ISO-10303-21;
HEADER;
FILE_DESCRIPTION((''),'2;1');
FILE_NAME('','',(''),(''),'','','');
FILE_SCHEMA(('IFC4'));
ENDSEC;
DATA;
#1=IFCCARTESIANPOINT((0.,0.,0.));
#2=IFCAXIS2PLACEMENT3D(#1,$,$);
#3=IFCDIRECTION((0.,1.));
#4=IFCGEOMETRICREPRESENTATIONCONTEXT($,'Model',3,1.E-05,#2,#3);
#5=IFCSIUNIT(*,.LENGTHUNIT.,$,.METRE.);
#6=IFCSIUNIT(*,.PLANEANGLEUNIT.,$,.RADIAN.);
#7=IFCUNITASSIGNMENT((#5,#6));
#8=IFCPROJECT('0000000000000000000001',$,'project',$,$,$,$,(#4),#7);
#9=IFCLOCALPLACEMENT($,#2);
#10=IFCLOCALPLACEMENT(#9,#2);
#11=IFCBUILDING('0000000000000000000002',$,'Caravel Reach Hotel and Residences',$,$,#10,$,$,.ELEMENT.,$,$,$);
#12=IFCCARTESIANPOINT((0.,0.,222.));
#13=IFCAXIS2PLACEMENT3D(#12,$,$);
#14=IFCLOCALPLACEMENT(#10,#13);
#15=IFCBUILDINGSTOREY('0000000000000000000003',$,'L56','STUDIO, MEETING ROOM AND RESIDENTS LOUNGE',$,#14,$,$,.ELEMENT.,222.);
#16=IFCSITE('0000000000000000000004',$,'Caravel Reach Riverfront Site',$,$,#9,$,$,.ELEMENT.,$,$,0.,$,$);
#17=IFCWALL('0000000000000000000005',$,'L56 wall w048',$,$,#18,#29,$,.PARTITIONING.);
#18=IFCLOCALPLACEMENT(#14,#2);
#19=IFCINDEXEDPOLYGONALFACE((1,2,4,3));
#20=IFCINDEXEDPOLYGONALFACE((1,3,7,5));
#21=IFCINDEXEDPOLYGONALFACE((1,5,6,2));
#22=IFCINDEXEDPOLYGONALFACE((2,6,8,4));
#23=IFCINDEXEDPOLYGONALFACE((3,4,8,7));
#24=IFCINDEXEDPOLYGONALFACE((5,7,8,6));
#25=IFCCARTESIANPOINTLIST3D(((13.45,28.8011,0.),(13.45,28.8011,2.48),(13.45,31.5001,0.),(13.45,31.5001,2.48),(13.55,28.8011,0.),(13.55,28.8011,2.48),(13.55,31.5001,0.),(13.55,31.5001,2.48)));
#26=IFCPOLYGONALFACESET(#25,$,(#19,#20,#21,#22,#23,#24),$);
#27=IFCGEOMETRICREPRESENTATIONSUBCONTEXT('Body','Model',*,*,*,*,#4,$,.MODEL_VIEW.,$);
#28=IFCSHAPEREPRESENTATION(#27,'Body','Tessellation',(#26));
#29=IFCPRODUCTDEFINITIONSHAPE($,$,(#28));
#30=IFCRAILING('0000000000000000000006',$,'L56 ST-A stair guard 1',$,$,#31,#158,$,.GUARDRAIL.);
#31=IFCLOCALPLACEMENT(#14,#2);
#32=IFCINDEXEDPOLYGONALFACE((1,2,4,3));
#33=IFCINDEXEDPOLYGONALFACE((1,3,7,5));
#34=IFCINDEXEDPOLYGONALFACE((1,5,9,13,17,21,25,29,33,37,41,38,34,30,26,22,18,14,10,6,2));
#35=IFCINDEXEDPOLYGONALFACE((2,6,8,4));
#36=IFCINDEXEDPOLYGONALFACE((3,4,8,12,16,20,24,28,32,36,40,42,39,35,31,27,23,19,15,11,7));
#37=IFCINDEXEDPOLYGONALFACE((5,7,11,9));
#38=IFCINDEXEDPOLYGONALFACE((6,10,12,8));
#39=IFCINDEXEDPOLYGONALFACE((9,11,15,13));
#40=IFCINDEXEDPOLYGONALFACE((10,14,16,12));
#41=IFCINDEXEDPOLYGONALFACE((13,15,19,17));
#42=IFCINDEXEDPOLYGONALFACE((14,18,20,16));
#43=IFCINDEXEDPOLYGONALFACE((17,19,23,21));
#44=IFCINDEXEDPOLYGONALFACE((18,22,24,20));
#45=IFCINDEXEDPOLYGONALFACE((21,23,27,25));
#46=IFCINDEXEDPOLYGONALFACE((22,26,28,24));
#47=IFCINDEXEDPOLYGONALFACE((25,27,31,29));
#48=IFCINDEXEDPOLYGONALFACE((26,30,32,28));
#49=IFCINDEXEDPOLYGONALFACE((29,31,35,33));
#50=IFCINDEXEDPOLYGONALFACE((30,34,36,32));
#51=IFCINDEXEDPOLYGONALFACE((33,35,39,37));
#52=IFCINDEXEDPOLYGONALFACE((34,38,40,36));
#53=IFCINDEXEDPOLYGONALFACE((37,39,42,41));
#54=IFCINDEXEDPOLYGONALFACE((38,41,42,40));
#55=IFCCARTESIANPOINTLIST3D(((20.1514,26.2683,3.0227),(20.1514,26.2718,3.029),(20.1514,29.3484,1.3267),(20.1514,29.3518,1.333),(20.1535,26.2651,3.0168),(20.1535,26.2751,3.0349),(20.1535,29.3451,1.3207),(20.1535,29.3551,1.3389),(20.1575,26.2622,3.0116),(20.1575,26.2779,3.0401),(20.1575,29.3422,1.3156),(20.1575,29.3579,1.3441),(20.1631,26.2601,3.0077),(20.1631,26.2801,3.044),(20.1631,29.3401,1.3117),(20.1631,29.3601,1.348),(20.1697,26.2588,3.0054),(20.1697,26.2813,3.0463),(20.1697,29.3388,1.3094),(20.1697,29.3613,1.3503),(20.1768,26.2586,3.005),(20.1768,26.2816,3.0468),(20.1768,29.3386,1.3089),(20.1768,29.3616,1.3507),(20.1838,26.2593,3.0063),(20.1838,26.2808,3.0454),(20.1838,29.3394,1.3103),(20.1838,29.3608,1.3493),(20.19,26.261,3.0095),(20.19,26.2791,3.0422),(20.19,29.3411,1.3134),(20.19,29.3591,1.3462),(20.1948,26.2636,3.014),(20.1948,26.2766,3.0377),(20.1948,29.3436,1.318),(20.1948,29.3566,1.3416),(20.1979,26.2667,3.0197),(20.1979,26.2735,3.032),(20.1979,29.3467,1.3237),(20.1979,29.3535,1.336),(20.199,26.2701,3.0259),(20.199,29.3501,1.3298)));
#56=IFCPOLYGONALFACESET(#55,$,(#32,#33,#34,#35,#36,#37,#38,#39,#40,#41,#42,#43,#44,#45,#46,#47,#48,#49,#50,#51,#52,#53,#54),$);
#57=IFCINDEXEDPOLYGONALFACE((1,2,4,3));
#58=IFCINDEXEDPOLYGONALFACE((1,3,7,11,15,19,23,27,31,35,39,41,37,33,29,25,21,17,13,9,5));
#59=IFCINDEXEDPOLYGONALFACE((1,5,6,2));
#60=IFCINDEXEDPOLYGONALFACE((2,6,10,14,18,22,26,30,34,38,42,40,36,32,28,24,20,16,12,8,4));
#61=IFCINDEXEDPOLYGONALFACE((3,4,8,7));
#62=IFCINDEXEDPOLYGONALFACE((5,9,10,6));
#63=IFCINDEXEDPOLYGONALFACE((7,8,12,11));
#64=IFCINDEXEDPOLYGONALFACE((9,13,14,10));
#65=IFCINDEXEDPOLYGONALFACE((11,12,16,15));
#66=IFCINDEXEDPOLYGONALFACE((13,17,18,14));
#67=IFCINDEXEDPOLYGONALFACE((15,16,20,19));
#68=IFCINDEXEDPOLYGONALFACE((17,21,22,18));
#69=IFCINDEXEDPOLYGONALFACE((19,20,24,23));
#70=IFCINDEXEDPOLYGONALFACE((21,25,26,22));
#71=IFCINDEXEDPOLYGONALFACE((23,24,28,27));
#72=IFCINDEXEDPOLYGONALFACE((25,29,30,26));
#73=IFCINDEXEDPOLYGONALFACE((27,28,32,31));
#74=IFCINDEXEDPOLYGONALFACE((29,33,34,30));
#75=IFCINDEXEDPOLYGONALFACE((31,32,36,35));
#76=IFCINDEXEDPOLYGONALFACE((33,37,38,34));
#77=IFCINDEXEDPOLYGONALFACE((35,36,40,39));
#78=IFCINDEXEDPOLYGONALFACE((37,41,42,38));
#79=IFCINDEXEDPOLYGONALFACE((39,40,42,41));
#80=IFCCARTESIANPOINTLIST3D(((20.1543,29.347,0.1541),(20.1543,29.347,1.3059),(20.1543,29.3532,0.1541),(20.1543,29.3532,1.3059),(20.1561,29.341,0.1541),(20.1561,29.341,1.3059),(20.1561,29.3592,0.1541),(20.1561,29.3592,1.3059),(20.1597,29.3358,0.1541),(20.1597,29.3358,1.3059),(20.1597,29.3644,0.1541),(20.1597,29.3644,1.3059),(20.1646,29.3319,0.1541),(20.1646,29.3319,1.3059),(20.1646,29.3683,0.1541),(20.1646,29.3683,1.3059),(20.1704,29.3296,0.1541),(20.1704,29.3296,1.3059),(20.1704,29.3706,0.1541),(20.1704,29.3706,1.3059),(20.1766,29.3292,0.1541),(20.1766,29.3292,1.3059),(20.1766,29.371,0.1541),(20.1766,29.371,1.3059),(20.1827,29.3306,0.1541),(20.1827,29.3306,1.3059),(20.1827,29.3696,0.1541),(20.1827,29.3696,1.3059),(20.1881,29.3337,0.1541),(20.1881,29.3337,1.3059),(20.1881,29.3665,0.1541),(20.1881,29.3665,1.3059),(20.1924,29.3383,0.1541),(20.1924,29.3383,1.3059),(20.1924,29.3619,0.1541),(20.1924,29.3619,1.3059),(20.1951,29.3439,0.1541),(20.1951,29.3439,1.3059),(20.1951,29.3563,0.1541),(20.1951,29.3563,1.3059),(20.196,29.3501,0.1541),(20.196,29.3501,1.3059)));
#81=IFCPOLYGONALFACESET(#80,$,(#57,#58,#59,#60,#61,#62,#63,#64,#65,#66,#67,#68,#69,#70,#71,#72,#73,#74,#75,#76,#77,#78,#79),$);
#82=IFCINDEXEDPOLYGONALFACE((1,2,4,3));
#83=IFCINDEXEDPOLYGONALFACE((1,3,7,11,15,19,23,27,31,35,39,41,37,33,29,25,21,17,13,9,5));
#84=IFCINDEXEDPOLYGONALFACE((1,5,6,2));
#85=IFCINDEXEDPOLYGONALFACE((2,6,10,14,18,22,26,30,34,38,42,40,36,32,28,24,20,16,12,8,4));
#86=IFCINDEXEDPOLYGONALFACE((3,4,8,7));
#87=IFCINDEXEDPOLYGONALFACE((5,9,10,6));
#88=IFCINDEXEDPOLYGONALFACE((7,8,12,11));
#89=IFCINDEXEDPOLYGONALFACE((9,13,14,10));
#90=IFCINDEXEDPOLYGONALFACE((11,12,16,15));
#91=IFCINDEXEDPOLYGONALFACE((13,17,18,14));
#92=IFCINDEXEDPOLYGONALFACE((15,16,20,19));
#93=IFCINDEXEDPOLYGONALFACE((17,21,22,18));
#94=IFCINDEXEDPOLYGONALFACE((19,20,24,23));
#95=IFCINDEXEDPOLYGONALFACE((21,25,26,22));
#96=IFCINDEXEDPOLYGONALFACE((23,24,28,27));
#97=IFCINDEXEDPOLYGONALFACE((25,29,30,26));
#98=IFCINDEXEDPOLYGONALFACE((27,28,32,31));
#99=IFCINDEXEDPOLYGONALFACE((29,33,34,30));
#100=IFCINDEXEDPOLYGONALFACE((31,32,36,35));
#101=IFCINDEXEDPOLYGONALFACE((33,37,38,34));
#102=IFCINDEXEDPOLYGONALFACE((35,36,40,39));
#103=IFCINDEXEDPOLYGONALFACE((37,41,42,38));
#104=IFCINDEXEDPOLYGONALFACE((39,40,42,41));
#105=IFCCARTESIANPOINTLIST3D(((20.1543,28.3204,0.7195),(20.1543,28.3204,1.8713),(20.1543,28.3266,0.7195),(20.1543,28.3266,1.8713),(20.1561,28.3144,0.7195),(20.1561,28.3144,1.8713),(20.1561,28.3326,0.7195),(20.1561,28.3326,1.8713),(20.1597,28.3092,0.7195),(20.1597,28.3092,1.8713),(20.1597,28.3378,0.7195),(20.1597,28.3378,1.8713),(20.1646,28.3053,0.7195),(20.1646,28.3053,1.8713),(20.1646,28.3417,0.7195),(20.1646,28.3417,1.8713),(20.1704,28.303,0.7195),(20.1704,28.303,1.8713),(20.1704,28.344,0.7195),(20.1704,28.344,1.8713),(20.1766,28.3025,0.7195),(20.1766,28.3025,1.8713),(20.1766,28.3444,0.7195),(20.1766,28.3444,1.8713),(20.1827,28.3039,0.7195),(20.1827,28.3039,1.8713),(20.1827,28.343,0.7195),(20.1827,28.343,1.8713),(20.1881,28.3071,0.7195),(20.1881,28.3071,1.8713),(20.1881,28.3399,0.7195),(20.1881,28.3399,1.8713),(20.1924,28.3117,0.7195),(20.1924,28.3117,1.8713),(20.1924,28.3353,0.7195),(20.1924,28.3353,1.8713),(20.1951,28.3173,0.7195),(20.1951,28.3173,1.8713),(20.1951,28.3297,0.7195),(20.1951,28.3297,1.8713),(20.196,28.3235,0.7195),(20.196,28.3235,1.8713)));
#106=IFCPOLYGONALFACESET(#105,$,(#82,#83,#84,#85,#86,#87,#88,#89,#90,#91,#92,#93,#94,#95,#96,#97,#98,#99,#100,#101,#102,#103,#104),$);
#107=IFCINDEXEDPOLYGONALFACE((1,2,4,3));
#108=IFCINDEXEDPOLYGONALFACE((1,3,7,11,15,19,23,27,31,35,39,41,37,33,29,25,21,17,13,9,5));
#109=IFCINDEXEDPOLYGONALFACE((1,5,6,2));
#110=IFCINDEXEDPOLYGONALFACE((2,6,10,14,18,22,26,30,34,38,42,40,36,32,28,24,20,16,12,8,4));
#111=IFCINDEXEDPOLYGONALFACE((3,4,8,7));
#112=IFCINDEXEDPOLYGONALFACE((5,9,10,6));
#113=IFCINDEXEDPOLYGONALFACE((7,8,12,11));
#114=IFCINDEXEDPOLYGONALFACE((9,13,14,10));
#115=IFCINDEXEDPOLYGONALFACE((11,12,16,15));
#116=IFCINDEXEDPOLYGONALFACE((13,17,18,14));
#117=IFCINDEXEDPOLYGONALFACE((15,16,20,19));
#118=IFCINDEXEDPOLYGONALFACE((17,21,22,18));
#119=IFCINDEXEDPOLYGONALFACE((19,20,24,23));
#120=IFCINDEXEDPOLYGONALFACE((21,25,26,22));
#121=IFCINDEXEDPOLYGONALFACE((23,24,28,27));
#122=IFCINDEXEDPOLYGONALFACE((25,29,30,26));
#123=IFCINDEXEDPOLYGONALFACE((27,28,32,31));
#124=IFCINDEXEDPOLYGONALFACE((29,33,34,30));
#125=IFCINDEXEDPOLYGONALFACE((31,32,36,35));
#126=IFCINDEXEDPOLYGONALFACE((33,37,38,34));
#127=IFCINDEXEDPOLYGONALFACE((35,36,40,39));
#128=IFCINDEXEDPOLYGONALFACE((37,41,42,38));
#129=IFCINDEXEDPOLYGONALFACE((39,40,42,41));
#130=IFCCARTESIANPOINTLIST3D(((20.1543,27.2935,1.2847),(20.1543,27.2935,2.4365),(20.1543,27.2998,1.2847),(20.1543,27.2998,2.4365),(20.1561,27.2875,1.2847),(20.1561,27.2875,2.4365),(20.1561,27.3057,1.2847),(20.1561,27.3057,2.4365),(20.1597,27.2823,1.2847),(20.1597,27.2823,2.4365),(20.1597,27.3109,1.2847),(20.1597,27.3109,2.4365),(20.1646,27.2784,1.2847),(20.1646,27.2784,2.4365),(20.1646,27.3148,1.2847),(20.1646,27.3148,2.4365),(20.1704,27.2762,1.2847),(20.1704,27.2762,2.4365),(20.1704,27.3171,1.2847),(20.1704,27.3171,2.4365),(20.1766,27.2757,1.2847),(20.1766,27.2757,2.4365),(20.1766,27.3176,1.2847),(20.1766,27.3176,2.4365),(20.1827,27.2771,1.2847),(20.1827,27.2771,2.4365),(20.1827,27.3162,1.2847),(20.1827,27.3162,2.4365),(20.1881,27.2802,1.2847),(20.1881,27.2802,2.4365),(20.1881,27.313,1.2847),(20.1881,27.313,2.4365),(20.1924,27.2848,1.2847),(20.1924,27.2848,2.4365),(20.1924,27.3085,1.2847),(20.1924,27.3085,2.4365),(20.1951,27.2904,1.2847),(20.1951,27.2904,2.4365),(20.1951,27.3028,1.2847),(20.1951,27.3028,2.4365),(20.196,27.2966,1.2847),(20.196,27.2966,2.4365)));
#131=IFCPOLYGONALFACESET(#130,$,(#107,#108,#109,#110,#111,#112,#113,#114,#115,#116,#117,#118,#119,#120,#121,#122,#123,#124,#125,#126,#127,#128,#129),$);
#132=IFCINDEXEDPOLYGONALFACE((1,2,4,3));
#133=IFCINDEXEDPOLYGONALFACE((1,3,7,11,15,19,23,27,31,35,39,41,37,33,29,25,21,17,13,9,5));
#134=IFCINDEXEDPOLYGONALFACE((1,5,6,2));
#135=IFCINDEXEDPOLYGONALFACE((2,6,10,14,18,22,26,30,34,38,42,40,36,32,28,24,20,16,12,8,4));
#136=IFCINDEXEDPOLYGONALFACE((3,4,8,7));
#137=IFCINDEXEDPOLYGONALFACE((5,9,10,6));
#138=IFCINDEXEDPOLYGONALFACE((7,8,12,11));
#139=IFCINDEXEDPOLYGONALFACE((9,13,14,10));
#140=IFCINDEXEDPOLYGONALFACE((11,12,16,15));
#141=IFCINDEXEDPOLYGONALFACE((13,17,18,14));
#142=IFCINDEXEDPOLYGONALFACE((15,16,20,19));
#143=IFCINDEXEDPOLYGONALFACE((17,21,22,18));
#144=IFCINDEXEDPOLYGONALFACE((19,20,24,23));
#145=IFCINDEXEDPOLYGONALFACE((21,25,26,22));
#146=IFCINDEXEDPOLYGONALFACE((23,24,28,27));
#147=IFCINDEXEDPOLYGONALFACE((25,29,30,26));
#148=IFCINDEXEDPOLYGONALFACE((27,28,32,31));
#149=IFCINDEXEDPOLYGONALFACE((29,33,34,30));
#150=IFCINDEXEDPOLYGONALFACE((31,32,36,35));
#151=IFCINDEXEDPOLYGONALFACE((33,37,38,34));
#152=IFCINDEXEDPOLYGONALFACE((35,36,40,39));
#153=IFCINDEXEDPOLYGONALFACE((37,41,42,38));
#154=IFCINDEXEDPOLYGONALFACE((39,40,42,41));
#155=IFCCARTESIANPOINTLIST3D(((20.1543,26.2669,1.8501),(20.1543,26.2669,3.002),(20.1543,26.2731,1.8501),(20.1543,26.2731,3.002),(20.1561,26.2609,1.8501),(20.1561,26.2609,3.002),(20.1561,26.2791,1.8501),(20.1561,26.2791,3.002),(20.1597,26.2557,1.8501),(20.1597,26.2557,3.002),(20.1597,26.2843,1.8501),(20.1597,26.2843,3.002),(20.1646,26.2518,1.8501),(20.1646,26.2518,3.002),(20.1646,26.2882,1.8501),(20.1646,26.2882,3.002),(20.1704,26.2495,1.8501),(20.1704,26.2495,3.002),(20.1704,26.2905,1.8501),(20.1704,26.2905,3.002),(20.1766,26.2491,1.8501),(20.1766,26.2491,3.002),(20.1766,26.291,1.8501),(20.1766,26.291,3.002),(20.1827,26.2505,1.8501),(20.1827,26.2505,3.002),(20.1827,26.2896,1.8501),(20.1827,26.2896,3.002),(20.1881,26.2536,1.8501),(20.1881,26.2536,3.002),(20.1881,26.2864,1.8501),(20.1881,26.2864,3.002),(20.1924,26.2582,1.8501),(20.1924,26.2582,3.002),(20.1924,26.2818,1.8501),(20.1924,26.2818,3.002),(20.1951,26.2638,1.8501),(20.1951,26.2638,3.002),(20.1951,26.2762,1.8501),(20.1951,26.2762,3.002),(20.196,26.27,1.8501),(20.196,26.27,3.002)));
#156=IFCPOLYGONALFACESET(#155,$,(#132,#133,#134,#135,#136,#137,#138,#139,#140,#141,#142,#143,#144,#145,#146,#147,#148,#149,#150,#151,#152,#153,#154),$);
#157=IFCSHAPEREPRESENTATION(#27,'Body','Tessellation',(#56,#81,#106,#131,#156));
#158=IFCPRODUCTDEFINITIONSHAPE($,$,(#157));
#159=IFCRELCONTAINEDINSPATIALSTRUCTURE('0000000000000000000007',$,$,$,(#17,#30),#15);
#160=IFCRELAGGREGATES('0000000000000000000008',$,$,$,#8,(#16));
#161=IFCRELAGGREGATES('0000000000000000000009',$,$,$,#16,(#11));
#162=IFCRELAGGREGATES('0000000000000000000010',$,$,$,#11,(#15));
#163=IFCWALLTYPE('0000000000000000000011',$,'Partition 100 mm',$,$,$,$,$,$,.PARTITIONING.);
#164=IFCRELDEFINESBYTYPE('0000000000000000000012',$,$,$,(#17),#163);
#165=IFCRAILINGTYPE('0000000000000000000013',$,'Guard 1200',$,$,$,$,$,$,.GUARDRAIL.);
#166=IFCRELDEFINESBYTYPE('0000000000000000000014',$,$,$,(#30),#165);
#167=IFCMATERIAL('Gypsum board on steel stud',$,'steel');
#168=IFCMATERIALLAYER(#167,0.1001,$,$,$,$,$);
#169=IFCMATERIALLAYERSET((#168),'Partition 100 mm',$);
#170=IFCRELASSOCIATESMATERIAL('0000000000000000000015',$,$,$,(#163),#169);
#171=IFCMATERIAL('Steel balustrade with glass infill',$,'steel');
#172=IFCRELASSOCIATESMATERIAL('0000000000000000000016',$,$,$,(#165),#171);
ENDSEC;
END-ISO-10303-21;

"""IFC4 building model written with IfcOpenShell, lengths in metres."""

from ifc_helpers import new_model, si_unit, direction, frame, frame_2d, origin, origin_2d, place, context, subcontext, project, spatial, rectangle, circle, extrude, material, layer, layer_set, type_object, element, save


model = new_model("IFC4")

# Units and contexts
model_context = context("Model", 3, precision=1e-05, world=origin(), true_north=direction((0.0, 1.0)))
body_context = subcontext(model_context, "Body", "Model", "MODEL_VIEW")
ifc_project = project(units=[si_unit("LENGTHUNIT", "METRE"), si_unit("PLANEANGLEUNIT", "RADIAN")], contexts=[model_context])

# Site, building, storey
site_placement = place(None, origin())
site = spatial("IfcSite", under=ifc_project, at=site_placement, Name="Caravel Reach Riverfront Site", CompositionType="ELEMENT", RefElevation=0.0)
building_placement = place(site_placement, origin())
building = spatial("IfcBuilding", under=site, at=building_placement, Name="Caravel Reach Hotel and Residences", CompositionType="ELEMENT")
storey_placement = place(building_placement, frame((0.0, 0.0, 222.0)))
storey = spatial("IfcBuildingStorey", under=building, at=storey_placement, Name="L56", Description="STUDIO, MEETING ROOM AND RESIDENTS LOUNGE", CompositionType="ELEMENT", Elevation=222.0)

# Wall
ifc_material_1 = material(Name="Gypsum board on steel stud", Category="steel")
ifc_layer_1 = layer(ifc_material_1, 0.1001)
ifc_layer_set_1 = layer_set([ifc_layer_1], Name="Partition 100 mm")
wall_type_1 = type_object("IfcWallType", Name="Partition 100 mm", PredefinedType="PARTITIONING", material=ifc_layer_set_1)
wall_1_placement = place(storey_placement, frame((13.5, 28.801, 0.0), z_axis=(0.0, 0.0, 1.0), x_axis=(0.0, 1.0, 0.0)))
element("IfcWall", 1, at=wall_1_placement, inside=storey, type_object=wall_type_1, Name="L56 wall w048", PredefinedType="PARTITIONING", context=body_context, shape_type="SweptSolid", body=[
    extrude(rectangle(XDim=2.699, YDim=0.1001, at=frame_2d((1.3496, 0.0))), origin(), (0.0, 0.0, 1.0), 2.48),
])

# Railing
ifc_material_2 = material(Name="Steel balustrade with glass infill", Category="steel")
railing_type_1 = type_object("IfcRailingType", Name="Guard 1200", PredefinedType="GUARDRAIL", material=ifc_material_2)
railing_1_placement = place(storey_placement, frame((20.175, 29.3501, 0.1541)))
element("IfcRailing", 2, at=railing_1_placement, inside=storey, type_object=railing_type_1, Name="L56 ST-A stair guard 1", PredefinedType="GUARDRAIL", context=body_context, shape_type="SweptSolid", body=[
    extrude(circle(Radius=0.0239, at=origin_2d()), frame((0.0, 0.0, 1.1758), z_axis=(0.0, -0.875975, 0.482356), x_axis=(1.0, 0.0, 0.0)), (0.0, 0.0, 1.0), 3.5161),
    extrude(circle(Radius=0.021, at=origin_2d()), origin(), (0.0, 0.0, 1.0), 1.1519),
    extrude(circle(Radius=0.021, at=origin_2d()), frame((0.0, -1.0266, 0.5654)), (0.0, 0.0, 1.0), 1.1519),
    extrude(circle(Radius=0.021, at=origin_2d()), frame((0.0, -2.0535, 1.1306)), (0.0, 0.0, 1.0), 1.1519),
    extrude(circle(Radius=0.021, at=origin_2d()), frame((0.0, -3.0801, 1.696)), (0.0, 0.0, 1.0), 1.1519),
])

save(model, "model.ifc")
